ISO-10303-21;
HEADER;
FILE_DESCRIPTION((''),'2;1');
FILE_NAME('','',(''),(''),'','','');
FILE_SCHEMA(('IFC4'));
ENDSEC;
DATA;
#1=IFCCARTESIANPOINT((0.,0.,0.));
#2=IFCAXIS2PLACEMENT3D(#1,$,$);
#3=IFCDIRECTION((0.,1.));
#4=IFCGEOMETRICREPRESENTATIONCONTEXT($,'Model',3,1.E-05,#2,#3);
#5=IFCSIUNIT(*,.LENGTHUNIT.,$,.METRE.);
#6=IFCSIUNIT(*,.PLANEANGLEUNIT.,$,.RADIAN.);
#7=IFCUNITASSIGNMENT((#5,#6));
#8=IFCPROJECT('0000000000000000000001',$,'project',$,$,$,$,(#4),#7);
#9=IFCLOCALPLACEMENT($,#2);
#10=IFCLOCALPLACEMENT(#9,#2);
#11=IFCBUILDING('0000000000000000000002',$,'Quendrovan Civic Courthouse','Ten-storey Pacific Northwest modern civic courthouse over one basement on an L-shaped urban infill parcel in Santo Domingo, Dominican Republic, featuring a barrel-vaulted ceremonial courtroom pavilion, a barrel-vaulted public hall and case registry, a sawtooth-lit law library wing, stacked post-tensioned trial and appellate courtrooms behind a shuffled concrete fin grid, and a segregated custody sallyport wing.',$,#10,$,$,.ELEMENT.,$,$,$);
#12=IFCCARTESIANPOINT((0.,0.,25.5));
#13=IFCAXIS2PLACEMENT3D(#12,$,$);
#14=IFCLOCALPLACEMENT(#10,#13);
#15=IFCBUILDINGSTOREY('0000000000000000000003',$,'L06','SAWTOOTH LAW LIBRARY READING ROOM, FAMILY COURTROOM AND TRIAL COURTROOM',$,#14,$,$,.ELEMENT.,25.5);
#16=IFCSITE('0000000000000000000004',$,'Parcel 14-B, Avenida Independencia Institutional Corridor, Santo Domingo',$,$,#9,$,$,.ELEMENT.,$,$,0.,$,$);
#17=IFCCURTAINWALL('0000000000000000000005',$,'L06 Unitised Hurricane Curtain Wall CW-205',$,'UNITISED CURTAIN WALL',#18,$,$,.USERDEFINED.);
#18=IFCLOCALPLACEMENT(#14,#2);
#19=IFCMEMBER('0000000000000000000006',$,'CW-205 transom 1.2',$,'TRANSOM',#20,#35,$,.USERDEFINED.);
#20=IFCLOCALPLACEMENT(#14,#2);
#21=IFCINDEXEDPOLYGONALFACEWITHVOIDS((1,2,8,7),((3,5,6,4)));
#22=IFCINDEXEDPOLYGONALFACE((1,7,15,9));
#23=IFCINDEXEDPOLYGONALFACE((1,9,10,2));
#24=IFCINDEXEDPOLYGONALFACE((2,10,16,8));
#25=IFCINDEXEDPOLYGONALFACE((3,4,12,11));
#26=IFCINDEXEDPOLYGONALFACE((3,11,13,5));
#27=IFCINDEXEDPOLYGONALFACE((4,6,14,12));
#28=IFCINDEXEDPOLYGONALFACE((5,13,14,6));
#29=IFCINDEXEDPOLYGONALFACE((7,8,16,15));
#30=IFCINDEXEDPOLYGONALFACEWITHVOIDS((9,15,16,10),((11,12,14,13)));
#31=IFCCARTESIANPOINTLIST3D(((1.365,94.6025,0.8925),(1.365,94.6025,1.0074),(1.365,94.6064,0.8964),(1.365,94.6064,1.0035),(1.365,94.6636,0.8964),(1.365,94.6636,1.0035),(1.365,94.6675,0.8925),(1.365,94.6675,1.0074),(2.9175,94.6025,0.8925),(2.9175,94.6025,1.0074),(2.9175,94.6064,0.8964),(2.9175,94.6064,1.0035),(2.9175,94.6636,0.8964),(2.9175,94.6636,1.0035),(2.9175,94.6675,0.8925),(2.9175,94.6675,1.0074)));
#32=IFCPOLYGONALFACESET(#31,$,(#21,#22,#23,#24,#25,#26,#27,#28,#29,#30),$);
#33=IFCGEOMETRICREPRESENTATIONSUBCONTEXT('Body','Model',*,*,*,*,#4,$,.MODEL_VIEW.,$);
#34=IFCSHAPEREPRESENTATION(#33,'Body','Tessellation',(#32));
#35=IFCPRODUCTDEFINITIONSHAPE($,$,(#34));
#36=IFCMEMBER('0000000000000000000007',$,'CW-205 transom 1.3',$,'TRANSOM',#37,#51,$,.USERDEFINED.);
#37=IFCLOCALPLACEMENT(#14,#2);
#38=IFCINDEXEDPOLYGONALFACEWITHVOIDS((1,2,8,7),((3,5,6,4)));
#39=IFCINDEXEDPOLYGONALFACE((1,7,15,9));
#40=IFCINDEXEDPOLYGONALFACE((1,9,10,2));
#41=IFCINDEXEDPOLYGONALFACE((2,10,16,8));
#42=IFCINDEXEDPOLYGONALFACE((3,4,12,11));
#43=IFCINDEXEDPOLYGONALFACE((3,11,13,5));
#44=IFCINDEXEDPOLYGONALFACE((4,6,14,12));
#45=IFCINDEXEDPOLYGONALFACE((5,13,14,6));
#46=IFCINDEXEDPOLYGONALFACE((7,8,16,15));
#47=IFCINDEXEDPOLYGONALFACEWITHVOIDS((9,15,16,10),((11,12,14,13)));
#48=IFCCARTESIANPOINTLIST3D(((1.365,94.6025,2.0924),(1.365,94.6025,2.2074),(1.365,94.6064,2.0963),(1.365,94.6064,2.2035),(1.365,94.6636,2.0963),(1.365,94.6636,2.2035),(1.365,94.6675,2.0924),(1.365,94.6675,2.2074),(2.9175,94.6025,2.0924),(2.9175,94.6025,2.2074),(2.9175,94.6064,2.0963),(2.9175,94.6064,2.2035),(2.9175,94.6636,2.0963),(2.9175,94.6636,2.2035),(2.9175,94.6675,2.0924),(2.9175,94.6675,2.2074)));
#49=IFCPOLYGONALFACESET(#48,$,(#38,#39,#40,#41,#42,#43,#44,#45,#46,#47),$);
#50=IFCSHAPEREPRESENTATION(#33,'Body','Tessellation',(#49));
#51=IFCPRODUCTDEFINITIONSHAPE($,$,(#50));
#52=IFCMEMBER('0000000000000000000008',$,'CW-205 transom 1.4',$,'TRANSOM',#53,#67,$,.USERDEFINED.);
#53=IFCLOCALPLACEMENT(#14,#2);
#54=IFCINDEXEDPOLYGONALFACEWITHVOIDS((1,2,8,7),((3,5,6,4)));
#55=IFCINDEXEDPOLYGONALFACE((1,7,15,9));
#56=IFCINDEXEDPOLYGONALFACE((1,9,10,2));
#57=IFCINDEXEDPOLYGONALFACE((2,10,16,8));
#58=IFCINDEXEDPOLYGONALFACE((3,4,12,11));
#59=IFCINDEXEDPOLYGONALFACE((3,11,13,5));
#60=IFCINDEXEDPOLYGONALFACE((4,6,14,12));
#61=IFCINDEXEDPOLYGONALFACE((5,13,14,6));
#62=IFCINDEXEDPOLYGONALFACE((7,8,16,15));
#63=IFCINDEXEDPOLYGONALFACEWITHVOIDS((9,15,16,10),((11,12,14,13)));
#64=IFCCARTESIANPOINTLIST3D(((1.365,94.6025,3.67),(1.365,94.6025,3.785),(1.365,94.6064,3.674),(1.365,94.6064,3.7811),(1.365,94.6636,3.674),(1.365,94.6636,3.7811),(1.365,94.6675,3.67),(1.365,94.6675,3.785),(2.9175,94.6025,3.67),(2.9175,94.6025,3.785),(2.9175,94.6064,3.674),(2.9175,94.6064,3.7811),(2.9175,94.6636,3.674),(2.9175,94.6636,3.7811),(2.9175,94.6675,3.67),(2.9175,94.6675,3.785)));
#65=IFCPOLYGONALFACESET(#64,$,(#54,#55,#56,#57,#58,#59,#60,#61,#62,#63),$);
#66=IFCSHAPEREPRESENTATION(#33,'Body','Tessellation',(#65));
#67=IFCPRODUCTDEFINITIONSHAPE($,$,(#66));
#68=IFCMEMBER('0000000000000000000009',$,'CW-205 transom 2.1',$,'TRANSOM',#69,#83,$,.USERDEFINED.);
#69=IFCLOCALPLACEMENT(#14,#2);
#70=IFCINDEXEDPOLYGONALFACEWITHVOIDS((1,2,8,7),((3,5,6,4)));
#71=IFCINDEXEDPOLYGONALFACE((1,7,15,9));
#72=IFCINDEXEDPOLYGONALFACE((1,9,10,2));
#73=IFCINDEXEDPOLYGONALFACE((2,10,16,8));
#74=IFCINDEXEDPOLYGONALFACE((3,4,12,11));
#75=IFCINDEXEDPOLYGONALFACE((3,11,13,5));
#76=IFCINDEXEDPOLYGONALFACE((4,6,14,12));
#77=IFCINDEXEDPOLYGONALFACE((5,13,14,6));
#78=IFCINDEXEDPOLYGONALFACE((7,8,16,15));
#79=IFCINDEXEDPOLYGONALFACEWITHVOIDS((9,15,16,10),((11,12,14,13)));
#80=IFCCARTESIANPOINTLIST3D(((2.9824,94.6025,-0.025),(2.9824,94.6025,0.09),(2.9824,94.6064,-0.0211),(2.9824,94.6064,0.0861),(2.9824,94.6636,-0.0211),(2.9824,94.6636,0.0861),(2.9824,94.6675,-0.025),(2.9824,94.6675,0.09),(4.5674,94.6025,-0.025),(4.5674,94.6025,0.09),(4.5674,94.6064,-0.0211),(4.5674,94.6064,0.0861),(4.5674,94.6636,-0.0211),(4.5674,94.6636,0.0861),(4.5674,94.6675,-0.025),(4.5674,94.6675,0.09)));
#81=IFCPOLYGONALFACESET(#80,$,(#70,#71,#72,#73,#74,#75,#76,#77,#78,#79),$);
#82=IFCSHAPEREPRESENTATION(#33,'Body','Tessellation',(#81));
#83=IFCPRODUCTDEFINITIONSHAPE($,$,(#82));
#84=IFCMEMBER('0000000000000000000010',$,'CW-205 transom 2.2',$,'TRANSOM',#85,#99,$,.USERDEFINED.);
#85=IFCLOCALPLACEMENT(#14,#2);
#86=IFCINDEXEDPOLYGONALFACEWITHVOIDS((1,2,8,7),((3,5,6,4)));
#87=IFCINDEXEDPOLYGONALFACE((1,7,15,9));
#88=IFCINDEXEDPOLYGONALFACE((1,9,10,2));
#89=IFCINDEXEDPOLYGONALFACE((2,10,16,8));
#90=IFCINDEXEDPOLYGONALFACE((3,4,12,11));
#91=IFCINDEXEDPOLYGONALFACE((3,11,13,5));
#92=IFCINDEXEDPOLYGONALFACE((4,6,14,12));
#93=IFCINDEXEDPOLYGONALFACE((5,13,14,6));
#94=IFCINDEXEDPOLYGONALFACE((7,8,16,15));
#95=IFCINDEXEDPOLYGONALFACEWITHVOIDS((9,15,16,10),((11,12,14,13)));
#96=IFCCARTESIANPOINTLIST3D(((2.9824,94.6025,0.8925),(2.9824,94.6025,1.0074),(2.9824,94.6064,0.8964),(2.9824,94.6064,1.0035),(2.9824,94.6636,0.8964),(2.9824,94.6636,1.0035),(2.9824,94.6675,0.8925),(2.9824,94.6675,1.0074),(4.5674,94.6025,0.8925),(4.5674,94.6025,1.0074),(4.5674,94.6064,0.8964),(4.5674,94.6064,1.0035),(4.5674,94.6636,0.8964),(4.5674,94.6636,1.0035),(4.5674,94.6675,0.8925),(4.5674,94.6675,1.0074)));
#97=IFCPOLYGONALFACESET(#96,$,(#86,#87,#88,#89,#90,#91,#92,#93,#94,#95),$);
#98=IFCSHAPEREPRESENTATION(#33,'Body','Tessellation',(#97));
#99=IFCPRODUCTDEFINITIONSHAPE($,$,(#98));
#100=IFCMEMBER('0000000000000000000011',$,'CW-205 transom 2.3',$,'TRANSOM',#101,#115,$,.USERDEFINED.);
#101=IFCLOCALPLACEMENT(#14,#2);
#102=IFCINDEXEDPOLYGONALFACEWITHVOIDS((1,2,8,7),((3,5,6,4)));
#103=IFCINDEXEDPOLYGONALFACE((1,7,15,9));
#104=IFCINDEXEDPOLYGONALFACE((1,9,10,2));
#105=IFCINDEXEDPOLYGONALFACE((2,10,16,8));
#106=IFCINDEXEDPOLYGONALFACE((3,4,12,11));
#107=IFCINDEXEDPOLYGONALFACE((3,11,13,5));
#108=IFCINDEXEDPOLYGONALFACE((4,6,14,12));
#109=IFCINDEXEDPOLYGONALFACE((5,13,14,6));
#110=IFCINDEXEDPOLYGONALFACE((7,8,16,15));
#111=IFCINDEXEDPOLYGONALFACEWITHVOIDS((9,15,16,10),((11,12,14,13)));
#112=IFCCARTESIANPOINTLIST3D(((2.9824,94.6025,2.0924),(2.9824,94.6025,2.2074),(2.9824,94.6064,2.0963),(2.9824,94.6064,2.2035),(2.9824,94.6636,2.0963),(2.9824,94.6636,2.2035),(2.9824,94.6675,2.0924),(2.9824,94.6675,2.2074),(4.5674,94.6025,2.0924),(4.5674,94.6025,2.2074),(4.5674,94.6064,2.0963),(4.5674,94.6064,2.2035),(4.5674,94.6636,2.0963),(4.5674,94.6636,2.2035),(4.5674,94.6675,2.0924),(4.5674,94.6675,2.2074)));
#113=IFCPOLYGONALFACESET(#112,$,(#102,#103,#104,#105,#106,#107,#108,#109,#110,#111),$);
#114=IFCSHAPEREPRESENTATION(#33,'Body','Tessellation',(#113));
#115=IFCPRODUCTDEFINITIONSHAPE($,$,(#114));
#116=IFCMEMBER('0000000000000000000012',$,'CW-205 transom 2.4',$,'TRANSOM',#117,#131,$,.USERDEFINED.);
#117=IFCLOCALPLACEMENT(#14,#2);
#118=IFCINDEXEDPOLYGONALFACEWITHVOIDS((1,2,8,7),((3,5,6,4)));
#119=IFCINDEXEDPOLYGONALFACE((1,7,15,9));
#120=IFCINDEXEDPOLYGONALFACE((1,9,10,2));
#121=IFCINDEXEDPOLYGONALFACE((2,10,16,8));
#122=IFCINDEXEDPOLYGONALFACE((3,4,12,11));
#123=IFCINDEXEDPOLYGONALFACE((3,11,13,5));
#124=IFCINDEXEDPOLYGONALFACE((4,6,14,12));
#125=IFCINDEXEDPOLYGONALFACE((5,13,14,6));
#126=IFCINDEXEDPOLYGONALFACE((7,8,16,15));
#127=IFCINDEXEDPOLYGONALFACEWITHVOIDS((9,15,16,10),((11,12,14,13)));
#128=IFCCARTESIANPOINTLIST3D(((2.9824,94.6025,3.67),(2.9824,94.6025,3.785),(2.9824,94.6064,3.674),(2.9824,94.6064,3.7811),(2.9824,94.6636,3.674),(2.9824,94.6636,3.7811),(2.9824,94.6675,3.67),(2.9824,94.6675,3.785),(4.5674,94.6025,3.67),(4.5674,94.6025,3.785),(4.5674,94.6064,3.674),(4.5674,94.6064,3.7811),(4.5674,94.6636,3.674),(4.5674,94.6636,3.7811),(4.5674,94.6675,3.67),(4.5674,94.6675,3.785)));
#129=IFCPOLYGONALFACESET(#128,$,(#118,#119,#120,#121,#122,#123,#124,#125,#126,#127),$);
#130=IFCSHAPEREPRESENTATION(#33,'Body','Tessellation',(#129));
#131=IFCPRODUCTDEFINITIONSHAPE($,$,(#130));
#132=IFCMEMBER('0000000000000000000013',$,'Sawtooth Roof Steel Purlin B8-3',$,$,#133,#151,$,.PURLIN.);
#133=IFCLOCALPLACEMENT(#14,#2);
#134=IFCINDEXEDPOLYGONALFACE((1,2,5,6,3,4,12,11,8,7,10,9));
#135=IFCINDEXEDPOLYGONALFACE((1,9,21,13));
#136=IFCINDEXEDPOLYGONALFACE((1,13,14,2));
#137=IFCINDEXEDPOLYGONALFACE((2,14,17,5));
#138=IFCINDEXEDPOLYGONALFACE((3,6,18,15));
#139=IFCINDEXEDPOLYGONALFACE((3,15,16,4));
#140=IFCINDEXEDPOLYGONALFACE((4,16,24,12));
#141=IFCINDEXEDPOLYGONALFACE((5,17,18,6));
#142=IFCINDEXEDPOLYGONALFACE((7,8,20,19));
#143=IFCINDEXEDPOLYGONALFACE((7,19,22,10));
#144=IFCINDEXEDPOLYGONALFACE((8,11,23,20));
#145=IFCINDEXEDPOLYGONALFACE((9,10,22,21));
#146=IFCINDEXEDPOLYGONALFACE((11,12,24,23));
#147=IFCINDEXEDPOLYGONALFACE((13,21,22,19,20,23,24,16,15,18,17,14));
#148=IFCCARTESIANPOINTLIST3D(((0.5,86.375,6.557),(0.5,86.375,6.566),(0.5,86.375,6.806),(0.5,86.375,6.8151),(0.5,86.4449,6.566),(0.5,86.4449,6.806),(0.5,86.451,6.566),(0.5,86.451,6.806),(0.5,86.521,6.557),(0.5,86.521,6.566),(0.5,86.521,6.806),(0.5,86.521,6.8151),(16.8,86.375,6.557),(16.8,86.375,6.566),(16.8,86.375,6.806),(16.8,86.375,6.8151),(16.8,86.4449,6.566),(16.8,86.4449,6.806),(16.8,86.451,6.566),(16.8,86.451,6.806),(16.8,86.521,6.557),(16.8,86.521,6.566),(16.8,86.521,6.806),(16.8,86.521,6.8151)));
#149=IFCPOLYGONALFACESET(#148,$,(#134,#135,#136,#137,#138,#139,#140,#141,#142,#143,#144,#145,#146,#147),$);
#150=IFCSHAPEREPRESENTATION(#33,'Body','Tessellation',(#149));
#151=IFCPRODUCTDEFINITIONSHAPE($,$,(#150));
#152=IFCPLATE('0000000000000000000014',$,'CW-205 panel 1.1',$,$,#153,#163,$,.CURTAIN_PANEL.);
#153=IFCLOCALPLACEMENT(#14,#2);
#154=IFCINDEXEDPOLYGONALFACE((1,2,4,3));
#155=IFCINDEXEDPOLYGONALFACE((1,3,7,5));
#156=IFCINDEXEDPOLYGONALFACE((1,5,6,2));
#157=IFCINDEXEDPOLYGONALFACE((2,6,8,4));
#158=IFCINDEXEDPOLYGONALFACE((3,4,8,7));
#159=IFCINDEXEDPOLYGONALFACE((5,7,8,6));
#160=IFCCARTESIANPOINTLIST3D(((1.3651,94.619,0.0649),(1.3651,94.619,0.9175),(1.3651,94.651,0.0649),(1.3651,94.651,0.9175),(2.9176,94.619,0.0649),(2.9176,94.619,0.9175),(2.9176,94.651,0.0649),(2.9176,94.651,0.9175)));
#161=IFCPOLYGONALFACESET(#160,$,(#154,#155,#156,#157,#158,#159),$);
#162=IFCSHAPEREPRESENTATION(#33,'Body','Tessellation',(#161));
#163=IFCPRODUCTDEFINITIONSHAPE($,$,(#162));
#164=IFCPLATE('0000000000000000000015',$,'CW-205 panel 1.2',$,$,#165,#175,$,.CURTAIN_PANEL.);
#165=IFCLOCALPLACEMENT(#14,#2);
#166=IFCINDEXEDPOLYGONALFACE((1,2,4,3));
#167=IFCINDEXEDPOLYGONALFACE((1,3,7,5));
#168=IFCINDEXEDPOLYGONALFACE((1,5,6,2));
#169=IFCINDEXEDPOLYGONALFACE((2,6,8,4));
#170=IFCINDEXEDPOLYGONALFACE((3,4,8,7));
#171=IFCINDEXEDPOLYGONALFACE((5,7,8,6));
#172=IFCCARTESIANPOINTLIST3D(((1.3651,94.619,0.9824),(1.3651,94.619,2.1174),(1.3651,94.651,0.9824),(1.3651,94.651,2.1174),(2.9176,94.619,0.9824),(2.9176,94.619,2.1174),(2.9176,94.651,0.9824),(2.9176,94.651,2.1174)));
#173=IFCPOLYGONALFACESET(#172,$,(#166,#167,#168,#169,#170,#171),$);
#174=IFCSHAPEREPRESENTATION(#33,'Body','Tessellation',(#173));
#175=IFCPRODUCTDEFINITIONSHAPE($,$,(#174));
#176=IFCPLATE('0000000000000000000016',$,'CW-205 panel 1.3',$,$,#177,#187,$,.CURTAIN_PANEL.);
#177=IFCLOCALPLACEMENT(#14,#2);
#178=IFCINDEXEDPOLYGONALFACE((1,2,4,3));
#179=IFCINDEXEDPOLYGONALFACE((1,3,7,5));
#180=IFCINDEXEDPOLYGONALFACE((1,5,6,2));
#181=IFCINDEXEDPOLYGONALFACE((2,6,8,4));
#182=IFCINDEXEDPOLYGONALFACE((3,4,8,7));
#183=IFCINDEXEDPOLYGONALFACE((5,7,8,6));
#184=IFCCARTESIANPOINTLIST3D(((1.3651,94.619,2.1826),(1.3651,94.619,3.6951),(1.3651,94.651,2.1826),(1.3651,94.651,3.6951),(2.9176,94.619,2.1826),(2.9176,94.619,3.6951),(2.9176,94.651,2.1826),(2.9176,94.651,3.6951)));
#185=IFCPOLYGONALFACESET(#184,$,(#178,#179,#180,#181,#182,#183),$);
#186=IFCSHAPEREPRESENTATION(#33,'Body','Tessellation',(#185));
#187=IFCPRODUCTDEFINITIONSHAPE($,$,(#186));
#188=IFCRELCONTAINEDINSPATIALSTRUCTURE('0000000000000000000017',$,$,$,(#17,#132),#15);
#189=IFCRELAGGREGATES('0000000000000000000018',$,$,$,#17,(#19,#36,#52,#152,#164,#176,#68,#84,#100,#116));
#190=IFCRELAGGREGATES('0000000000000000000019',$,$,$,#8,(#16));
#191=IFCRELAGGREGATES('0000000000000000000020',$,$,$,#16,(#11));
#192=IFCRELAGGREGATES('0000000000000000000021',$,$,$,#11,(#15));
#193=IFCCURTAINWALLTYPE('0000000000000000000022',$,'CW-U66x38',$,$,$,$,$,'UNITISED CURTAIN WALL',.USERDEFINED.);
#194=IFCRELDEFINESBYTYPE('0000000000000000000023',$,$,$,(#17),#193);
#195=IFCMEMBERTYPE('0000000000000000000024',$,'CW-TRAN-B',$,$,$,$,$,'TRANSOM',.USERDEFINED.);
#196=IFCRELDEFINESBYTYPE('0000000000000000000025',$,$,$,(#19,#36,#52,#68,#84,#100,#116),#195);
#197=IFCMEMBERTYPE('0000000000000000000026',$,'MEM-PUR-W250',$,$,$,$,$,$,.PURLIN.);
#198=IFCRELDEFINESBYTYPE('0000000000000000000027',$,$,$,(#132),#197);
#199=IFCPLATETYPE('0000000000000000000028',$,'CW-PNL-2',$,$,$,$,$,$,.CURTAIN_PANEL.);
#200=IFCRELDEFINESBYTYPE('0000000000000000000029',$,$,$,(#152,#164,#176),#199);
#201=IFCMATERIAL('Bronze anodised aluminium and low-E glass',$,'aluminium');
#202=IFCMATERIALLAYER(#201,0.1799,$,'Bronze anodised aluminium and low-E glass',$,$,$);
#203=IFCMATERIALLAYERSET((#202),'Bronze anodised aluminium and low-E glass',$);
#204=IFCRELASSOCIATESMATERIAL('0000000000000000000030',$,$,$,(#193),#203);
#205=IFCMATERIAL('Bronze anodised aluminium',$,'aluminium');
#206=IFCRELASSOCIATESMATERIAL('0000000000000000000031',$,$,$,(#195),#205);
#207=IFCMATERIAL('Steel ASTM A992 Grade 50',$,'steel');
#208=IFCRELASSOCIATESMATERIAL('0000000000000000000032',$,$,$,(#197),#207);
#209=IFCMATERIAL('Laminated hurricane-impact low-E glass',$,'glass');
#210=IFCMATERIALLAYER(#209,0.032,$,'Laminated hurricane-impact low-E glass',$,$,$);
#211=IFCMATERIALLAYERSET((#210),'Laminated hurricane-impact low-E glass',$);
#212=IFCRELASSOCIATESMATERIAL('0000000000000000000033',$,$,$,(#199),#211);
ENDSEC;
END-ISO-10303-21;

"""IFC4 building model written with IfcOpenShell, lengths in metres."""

from ifc_helpers import new_model, si_unit, direction, frame, origin, origin_2d, place, context, subcontext, project, spatial, rectangle, hollow_rectangle, i_section, extrude, material, layer, layer_set, material_profile, profile_set, type_object, element, aggregate, save


model = new_model("IFC4")

# Units and contexts
model_context = context("Model", 3, precision=1e-05, world=origin(), true_north=direction((0.0, 1.0)))
body_context = subcontext(model_context, "Body", "Model", "MODEL_VIEW")
ifc_project = project(units=[si_unit("LENGTHUNIT", "METRE"), si_unit("PLANEANGLEUNIT", "RADIAN")], contexts=[model_context])

# Site, building, storey
site_placement = place(None, origin())
site = spatial("IfcSite", under=ifc_project, at=site_placement, Name="Parcel 14-B, Avenida Independencia Institutional Corridor, Santo Domingo", CompositionType="ELEMENT", RefElevation=0.0)
building_placement = place(site_placement, origin())
building = spatial("IfcBuilding", under=site, at=building_placement, Name="Quendrovan Civic Courthouse", Description="Ten-storey Pacific Northwest modern civic courthouse over one basement on an L-shaped urban infill parcel in Santo Domingo, Dominican Republic, featuring a barrel-vaulted ceremonial courtroom pavilion, a barrel-vaulted public hall and case registry, a sawtooth-lit law library wing, stacked post-tensioned trial and appellate courtrooms behind a shuffled concrete fin grid, and a segregated custody sallyport wing.", CompositionType="ELEMENT")
storey_placement = place(building_placement, frame((0.0, 0.0, 25.5)))
storey = spatial("IfcBuildingStorey", under=building, at=storey_placement, Name="L06", Description="SAWTOOTH LAW LIBRARY READING ROOM, FAMILY COURTROOM AND TRIAL COURTROOM", CompositionType="ELEMENT", Elevation=25.5)

# Shared definitions
ifc_material_1 = material(Name="Steel ASTM A992 Grade 50", Category="steel")

# Curtain wall, members
ifc_material_2 = material(Name="Bronze anodised aluminium and low-E glass", Category="aluminium")
ifc_layer_1 = layer(ifc_material_2, 0.1799, Name="Bronze anodised aluminium and low-E glass")
ifc_layer_set_1 = layer_set([ifc_layer_1], Name="Bronze anodised aluminium and low-E glass")
curtain_wall_type = type_object("IfcCurtainWallType", Name="CW-U66x38", ElementType="UNITISED CURTAIN WALL", PredefinedType="USERDEFINED", material=ifc_layer_set_1)
curtain_wall_placement = place(storey_placement, origin())
curtain_wall = element("IfcCurtainWall", 1, at=curtain_wall_placement, inside=storey, type_object=curtain_wall_type, Name="L06 Unitised Hurricane Curtain Wall CW-205", ObjectType="UNITISED CURTAIN WALL", PredefinedType="USERDEFINED")
ifc_material_3 = material(Name="Bronze anodised aluminium", Category="aluminium")
ifc_material_profile_1 = material_profile(ifc_material_3, hollow_rectangle(XDim=0.0649, YDim=0.115, WallThickness=0.0039, at=origin_2d()), Name="CW-TRAN-65x115")
ifc_profile_set_1 = profile_set([ifc_material_profile_1], Name="Bronze anodised aluminium")
member_type_1 = type_object("IfcMemberType", Name="CW-TRAN-B", ElementType="TRANSOM", PredefinedType="USERDEFINED", material=ifc_profile_set_1)
member_1_placement = place(storey_placement, frame((1.365, 94.635, 0.95), z_axis=(1.0, 0.0, 0.0), x_axis=(0.0, 1.0, 0.0)))
member_1 = element("IfcMember", 2, at=member_1_placement, type_object=member_type_1, Name="CW-205 transom 1.2", ObjectType="TRANSOM", PredefinedType="USERDEFINED", context=body_context, shape_type="SweptSolid", body=[
    extrude(hollow_rectangle(XDim=0.0649, YDim=0.115, WallThickness=0.0039, at=origin_2d()), origin(), (0.0, 0.0, 1.0), 1.5525),
])
member_2_placement = place(storey_placement, frame((1.365, 94.635, 2.1499), z_axis=(1.0, 0.0, 0.0), x_axis=(0.0, 1.0, 0.0)))
member_2 = element("IfcMember", 3, at=member_2_placement, type_object=member_type_1, Name="CW-205 transom 1.3", ObjectType="TRANSOM", PredefinedType="USERDEFINED", context=body_context, shape_type="SweptSolid", body=[
    extrude(hollow_rectangle(XDim=0.0649, YDim=0.115, WallThickness=0.0039, at=origin_2d()), origin(), (0.0, 0.0, 1.0), 1.5525),
])
member_3_placement = place(storey_placement, frame((1.365, 94.635, 3.7275), z_axis=(1.0, 0.0, 0.0), x_axis=(0.0, 1.0, 0.0)))
member_3 = element("IfcMember", 4, at=member_3_placement, type_object=member_type_1, Name="CW-205 transom 1.4", ObjectType="TRANSOM", PredefinedType="USERDEFINED", context=body_context, shape_type="SweptSolid", body=[
    extrude(hollow_rectangle(XDim=0.0649, YDim=0.115, WallThickness=0.0039, at=origin_2d()), origin(), (0.0, 0.0, 1.0), 1.5525),
])
member_4_placement = place(storey_placement, frame((2.9824, 94.635, 0.0325), z_axis=(1.0, 0.0, 0.0), x_axis=(0.0, 1.0, 0.0)))
member_4 = element("IfcMember", 5, at=member_4_placement, type_object=member_type_1, Name="CW-205 transom 2.1", ObjectType="TRANSOM", PredefinedType="USERDEFINED", context=body_context, shape_type="SweptSolid", body=[
    extrude(hollow_rectangle(XDim=0.0649, YDim=0.115, WallThickness=0.0039, at=origin_2d()), origin(), (0.0, 0.0, 1.0), 1.585),
])
member_5_placement = place(storey_placement, frame((2.9824, 94.635, 0.95), z_axis=(1.0, 0.0, 0.0), x_axis=(0.0, 1.0, 0.0)))
member_5 = element("IfcMember", 6, at=member_5_placement, type_object=member_type_1, Name="CW-205 transom 2.2", ObjectType="TRANSOM", PredefinedType="USERDEFINED", context=body_context, shape_type="SweptSolid", body=[
    extrude(hollow_rectangle(XDim=0.0649, YDim=0.115, WallThickness=0.0039, at=origin_2d()), origin(), (0.0, 0.0, 1.0), 1.585),
])
member_6_placement = place(storey_placement, frame((2.9824, 94.635, 2.1499), z_axis=(1.0, 0.0, 0.0), x_axis=(0.0, 1.0, 0.0)))
member_6 = element("IfcMember", 7, at=member_6_placement, type_object=member_type_1, Name="CW-205 transom 2.3", ObjectType="TRANSOM", PredefinedType="USERDEFINED", context=body_context, shape_type="SweptSolid", body=[
    extrude(hollow_rectangle(XDim=0.0649, YDim=0.115, WallThickness=0.0039, at=origin_2d()), origin(), (0.0, 0.0, 1.0), 1.585),
])
member_7_placement = place(storey_placement, frame((2.9824, 94.635, 3.7275), z_axis=(1.0, 0.0, 0.0), x_axis=(0.0, 1.0, 0.0)))
member_7 = element("IfcMember", 8, at=member_7_placement, type_object=member_type_1, Name="CW-205 transom 2.4", ObjectType="TRANSOM", PredefinedType="USERDEFINED", context=body_context, shape_type="SweptSolid", body=[
    extrude(hollow_rectangle(XDim=0.0649, YDim=0.115, WallThickness=0.0039, at=origin_2d()), origin(), (0.0, 0.0, 1.0), 1.585),
])

# Member
ifc_material_profile_2 = material_profile(ifc_material_1, i_section(OverallWidth=0.146, OverallDepth=0.2581, WebThickness=0.0061, FlangeThickness=0.009, at=origin_2d()), Name="W250x33")
ifc_profile_set_2 = profile_set([ifc_material_profile_2], Name="Steel ASTM A992 Grade 50")
member_type_2 = type_object("IfcMemberType", Name="MEM-PUR-W250", PredefinedType="PURLIN", material=ifc_profile_set_2)
member_8_placement = place(storey_placement, frame((0.5, 86.448, 6.686), z_axis=(1.0, 0.0, 0.0), x_axis=(0.0, 1.0, 0.0)))
element("IfcMember", 9, at=member_8_placement, inside=storey, type_object=member_type_2, Name="Sawtooth Roof Steel Purlin B8-3", PredefinedType="PURLIN", context=body_context, shape_type="SweptSolid", body=[
    extrude(i_section(OverallWidth=0.146, OverallDepth=0.2581, WebThickness=0.0061, FlangeThickness=0.009, at=origin_2d()), origin(), (0.0, 0.0, 1.0), 16.3),
])

# Plates
ifc_material_4 = material(Name="Laminated hurricane-impact low-E glass", Category="glass")
ifc_layer_2 = layer(ifc_material_4, 0.032, Name="Laminated hurricane-impact low-E glass")
ifc_layer_set_2 = layer_set([ifc_layer_2], Name="Laminated hurricane-impact low-E glass")
plate_type_1 = type_object("IfcPlateType", Name="CW-PNL-2", PredefinedType="CURTAIN_PANEL", material=ifc_layer_set_2)
plate_1_placement = place(storey_placement, frame((2.1414, 94.635, 0.0649), z_axis=(0.0, 0.0, 1.0), x_axis=(1.0, 0.0, 0.0)))
plate_1 = element("IfcPlate", 10, at=plate_1_placement, type_object=plate_type_1, Name="CW-205 panel 1.1", PredefinedType="CURTAIN_PANEL", context=body_context, shape_type="SweptSolid", body=[
    extrude(rectangle(XDim=1.5525, YDim=0.032, at=origin_2d()), origin(), (0.0, 0.0, 1.0), 0.8525),
])
plate_2_placement = place(storey_placement, frame((2.1414, 94.635, 0.9824), z_axis=(0.0, 0.0, 1.0), x_axis=(1.0, 0.0, 0.0)))
plate_2 = element("IfcPlate", 11, at=plate_2_placement, type_object=plate_type_1, Name="CW-205 panel 1.2", PredefinedType="CURTAIN_PANEL", context=body_context, shape_type="SweptSolid", body=[
    extrude(rectangle(XDim=1.5525, YDim=0.032, at=origin_2d()), origin(), (0.0, 0.0, 1.0), 1.135),
])
plate_3_placement = place(storey_placement, frame((2.1414, 94.635, 2.1826), z_axis=(0.0, 0.0, 1.0), x_axis=(1.0, 0.0, 0.0)))
plate_3 = element("IfcPlate", 12, at=plate_3_placement, type_object=plate_type_1, Name="CW-205 panel 1.3", PredefinedType="CURTAIN_PANEL", context=body_context, shape_type="SweptSolid", body=[
    extrude(rectangle(XDim=1.5525, YDim=0.032, at=origin_2d()), origin(), (0.0, 0.0, 1.0), 1.5125),
])
aggregate(curtain_wall, [member_1, member_2, member_3, plate_1, plate_2, plate_3, member_4, member_5, member_6, member_7])

save(model, "model.ifc")
